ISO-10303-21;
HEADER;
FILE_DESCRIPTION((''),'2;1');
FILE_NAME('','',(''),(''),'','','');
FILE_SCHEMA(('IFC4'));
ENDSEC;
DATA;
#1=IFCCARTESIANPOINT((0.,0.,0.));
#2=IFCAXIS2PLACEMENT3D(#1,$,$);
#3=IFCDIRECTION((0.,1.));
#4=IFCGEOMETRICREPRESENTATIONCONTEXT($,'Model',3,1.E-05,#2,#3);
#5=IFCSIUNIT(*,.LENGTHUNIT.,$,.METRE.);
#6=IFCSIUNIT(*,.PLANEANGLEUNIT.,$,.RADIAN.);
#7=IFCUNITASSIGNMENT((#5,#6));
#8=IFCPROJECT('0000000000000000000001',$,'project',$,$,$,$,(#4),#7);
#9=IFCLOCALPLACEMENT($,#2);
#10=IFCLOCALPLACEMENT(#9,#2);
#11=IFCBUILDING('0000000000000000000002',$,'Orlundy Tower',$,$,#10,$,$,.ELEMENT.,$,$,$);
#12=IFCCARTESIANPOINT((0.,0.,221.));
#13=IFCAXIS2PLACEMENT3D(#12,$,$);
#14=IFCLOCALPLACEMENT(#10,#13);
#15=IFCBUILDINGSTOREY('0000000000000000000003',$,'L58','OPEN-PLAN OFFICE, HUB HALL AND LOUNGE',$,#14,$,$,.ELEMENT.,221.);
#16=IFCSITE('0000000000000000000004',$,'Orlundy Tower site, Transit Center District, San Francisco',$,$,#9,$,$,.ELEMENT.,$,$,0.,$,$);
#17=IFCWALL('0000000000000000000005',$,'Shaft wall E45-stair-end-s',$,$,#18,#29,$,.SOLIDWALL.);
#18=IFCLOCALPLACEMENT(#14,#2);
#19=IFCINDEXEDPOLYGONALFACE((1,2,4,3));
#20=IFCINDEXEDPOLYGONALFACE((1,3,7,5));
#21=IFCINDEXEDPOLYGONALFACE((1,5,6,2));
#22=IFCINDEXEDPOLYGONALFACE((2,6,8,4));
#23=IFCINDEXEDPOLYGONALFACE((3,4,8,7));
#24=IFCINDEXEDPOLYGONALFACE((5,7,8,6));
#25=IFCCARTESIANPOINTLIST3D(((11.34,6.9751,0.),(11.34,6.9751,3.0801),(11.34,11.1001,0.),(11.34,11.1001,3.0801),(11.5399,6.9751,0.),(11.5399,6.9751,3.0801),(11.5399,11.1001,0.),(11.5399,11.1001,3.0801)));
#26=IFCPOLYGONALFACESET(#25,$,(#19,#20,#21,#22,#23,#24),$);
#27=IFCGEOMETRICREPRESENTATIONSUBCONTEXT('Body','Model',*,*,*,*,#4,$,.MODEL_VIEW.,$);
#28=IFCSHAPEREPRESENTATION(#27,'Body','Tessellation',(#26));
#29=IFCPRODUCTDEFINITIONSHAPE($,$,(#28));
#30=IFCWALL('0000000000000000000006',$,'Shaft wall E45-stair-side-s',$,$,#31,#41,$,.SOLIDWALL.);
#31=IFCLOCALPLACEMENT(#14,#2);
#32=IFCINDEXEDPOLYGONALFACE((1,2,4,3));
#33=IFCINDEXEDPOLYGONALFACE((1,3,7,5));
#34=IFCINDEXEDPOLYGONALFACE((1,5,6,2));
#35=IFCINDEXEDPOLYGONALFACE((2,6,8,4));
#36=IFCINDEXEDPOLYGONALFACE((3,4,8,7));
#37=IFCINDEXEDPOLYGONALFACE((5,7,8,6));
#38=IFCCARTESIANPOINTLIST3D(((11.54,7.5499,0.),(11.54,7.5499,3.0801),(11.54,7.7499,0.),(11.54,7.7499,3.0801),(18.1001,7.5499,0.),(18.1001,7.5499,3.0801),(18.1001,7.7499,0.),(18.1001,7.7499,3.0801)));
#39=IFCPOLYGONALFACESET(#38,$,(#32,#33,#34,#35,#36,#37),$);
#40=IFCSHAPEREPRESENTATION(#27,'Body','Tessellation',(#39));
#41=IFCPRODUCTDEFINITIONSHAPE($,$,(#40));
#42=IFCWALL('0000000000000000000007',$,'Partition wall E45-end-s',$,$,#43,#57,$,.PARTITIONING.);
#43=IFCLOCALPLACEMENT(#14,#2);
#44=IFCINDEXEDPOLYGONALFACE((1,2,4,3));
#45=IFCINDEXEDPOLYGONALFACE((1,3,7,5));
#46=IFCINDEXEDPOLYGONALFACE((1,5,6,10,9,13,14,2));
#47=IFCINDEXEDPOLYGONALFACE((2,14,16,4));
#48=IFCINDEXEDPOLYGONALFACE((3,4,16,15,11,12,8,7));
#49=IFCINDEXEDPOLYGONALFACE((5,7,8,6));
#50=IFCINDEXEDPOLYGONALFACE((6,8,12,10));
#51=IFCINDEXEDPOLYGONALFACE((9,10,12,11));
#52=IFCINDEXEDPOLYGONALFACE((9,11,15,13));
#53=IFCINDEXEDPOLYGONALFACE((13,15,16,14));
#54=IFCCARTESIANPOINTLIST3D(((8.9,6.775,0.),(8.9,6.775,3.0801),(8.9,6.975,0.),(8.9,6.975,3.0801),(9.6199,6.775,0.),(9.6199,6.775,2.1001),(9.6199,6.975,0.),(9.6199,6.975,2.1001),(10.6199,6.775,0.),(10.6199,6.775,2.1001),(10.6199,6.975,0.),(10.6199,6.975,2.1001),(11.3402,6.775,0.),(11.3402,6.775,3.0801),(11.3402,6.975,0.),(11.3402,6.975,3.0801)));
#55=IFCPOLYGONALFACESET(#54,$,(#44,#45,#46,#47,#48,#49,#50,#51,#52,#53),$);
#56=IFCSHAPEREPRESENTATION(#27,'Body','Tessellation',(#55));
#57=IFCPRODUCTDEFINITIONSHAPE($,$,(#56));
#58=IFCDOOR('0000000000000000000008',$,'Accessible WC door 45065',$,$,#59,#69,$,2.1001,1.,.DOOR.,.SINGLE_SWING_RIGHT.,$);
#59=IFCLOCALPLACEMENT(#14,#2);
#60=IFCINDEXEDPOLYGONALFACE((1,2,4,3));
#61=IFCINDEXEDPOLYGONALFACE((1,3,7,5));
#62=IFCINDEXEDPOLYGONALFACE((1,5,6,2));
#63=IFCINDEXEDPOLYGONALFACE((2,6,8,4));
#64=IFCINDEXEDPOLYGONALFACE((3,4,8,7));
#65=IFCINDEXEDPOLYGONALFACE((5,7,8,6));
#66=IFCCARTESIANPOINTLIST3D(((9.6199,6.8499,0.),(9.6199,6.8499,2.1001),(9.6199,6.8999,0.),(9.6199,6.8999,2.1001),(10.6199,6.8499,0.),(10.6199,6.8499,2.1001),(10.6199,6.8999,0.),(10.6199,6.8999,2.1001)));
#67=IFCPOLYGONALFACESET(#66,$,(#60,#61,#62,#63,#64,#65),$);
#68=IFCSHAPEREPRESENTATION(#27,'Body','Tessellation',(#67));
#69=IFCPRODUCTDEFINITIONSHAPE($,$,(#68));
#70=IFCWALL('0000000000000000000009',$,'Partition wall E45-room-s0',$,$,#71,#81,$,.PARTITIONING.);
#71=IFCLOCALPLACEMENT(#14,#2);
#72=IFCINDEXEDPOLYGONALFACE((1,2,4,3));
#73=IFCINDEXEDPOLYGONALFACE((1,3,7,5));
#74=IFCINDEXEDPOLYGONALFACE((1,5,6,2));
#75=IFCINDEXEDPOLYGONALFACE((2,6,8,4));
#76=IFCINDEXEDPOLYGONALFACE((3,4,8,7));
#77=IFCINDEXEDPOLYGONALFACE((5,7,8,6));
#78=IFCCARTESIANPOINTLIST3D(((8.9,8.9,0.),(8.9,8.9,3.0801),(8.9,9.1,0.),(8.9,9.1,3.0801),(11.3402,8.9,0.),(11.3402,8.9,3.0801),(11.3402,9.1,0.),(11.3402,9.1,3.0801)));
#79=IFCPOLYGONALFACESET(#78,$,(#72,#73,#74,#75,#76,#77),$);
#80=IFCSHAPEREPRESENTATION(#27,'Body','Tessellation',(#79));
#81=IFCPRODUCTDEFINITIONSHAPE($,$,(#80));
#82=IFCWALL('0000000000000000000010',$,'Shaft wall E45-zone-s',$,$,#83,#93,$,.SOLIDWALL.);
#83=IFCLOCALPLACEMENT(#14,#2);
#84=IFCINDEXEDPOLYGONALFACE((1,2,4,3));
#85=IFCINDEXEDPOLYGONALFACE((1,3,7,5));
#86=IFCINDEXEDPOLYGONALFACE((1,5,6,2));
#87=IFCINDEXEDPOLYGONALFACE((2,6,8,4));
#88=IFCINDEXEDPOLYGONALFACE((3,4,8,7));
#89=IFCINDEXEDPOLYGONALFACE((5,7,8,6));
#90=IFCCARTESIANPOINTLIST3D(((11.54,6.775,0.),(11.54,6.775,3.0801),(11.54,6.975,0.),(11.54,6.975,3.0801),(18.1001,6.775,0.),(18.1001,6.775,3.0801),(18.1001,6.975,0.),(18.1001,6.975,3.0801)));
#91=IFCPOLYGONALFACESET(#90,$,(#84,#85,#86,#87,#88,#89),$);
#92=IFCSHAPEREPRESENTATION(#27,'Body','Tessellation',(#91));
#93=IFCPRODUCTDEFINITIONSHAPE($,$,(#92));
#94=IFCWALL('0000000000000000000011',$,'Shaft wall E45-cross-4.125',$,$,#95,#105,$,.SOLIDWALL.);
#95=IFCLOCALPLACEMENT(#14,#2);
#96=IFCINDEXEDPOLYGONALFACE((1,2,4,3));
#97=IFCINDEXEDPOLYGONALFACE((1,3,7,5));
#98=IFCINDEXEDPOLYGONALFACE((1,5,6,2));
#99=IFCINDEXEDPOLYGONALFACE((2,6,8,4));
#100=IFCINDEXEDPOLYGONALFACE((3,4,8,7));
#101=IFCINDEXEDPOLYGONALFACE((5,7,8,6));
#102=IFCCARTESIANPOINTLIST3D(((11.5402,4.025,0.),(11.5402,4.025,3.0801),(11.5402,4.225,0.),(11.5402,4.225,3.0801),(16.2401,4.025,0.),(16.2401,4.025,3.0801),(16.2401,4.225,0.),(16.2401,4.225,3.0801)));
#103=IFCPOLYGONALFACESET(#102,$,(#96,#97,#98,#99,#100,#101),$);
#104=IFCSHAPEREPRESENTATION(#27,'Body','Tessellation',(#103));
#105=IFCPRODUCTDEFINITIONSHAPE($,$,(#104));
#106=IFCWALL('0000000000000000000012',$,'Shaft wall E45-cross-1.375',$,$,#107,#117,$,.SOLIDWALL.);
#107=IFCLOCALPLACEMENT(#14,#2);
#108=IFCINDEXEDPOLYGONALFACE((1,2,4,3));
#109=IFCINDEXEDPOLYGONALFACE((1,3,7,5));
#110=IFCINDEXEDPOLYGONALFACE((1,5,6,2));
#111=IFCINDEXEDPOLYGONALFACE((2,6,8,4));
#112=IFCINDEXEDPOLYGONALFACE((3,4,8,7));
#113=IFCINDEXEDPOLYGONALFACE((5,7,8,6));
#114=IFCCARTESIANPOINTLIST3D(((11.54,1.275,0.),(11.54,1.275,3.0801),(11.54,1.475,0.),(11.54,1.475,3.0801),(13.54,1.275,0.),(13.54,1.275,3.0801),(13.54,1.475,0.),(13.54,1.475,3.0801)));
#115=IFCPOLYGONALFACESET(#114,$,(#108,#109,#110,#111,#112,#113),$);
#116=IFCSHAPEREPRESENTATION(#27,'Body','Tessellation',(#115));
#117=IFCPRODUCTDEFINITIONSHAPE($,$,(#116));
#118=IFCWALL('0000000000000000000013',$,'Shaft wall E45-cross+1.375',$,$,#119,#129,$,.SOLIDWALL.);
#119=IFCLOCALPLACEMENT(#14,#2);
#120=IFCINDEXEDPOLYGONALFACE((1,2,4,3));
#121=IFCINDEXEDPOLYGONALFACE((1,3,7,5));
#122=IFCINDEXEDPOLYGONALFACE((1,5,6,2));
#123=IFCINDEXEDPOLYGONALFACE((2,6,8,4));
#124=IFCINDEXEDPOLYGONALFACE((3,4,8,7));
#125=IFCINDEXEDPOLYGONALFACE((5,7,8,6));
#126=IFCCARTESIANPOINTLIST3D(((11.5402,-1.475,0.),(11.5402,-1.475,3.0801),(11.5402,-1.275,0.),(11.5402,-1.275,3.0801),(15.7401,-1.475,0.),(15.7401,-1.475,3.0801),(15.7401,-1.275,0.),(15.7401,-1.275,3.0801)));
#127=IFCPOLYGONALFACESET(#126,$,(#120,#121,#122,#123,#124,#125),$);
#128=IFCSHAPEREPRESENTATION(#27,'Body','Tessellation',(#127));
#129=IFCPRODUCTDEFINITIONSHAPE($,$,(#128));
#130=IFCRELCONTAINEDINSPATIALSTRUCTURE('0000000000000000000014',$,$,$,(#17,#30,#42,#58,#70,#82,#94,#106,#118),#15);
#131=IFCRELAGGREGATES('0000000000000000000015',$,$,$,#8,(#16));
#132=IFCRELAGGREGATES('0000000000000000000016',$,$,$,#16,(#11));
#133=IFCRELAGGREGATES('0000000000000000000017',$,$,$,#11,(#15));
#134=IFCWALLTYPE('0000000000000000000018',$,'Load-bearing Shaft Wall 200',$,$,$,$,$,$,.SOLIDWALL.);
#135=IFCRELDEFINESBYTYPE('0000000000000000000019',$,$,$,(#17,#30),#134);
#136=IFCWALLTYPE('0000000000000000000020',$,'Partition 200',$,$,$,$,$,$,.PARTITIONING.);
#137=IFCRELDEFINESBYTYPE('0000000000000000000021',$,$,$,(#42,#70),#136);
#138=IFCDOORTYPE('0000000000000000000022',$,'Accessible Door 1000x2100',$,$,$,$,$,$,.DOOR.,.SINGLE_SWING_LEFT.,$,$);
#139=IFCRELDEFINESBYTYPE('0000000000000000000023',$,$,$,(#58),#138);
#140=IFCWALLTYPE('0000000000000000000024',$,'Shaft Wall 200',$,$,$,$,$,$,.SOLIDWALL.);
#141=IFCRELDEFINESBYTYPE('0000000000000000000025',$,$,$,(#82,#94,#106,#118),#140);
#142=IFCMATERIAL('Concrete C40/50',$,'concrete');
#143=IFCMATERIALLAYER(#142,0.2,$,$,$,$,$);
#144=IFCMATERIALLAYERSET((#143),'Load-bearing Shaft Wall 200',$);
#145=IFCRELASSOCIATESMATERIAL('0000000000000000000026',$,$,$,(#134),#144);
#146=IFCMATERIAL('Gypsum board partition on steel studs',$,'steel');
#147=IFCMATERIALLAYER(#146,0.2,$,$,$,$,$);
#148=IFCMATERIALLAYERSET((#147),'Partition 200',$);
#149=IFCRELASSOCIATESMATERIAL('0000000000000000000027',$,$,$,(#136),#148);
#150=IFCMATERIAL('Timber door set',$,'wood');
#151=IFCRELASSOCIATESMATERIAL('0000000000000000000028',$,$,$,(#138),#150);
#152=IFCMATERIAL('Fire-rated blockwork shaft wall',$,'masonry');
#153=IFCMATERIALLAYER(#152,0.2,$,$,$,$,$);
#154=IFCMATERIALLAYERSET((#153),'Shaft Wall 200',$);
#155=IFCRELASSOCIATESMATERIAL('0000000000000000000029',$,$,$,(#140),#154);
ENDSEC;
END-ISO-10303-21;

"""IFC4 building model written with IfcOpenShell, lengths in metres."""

from ifc_helpers import new_model, si_unit, direction, frame, frame_2d, origin, place, context, subcontext, project, spatial, rectangle, extrude, material, layer, layer_set, type_object, element, fill, save


model = new_model("IFC4")

# Units and contexts
model_context = context("Model", 3, precision=1e-05, world=origin(), true_north=direction((0.0, 1.0)))
body_context = subcontext(model_context, "Body", "Model", "MODEL_VIEW")
ifc_project = project(units=[si_unit("LENGTHUNIT", "METRE"), si_unit("PLANEANGLEUNIT", "RADIAN")], contexts=[model_context])

# Site, building, storey
site_placement = place(None, origin())
site = spatial("IfcSite", under=ifc_project, at=site_placement, Name="Orlundy Tower site, Transit Center District, San Francisco", CompositionType="ELEMENT", RefElevation=0.0)
building_placement = place(site_placement, origin())
building = spatial("IfcBuilding", under=site, at=building_placement, Name="Orlundy Tower", CompositionType="ELEMENT")
storey_placement = place(building_placement, frame((0.0, 0.0, 221.0)))
storey = spatial("IfcBuildingStorey", under=building, at=storey_placement, Name="L58", Description="OPEN-PLAN OFFICE, HUB HALL AND LOUNGE", CompositionType="ELEMENT", Elevation=221.0)

# Walls
ifc_material_1 = material(Name="Concrete C40/50", Category="concrete")
ifc_layer_1 = layer(ifc_material_1, 0.2)
ifc_layer_set_1 = layer_set([ifc_layer_1], Name="Load-bearing Shaft Wall 200")
wall_type_1 = type_object("IfcWallType", Name="Load-bearing Shaft Wall 200", PredefinedType="SOLIDWALL", material=ifc_layer_set_1)
wall_1_placement = place(storey_placement, frame((11.4399, 11.1001, 0.0), z_axis=(0.0, 0.0, 1.0), x_axis=(0.0, -1.0, 0.0)))
element("IfcWall", 1, at=wall_1_placement, inside=storey, type_object=wall_type_1, Name="Shaft wall E45-stair-end-s", PredefinedType="SOLIDWALL", context=body_context, shape_type="SweptSolid", body=[
    extrude(rectangle(XDim=4.125, YDim=0.2, at=frame_2d((2.0625, 0.0))), origin(), (0.0, 0.0, 1.0), 3.0801),
])
wall_2_placement = place(storey_placement, frame((11.54, 7.6499, 0.0), z_axis=(0.0, 0.0, 1.0), x_axis=(1.0, 0.0, 0.0)))
element("IfcWall", 2, at=wall_2_placement, inside=storey, type_object=wall_type_1, Name="Shaft wall E45-stair-side-s", PredefinedType="SOLIDWALL", context=body_context, shape_type="SweptSolid", body=[
    extrude(rectangle(XDim=6.5601, YDim=0.2, at=frame_2d((3.28, 0.0))), origin(), (0.0, 0.0, 1.0), 3.0801),
])

# Wall, opening, door
ifc_material_2 = material(Name="Gypsum board partition on steel studs", Category="steel")
ifc_layer_2 = layer(ifc_material_2, 0.2)
ifc_layer_set_2 = layer_set([ifc_layer_2], Name="Partition 200")
wall_type_2 = type_object("IfcWallType", Name="Partition 200", PredefinedType="PARTITIONING", material=ifc_layer_set_2)
wall_3_placement = place(storey_placement, frame((8.8999, 6.875, 0.0), z_axis=(0.0, 0.0, 1.0), x_axis=(1.0, 0.0, 0.0)))
wall_3 = element("IfcWall", 3, at=wall_3_placement, inside=storey, type_object=wall_type_2, Name="Partition wall E45-end-s", PredefinedType="PARTITIONING", context=body_context, shape_type="SweptSolid", body=[
    extrude(rectangle(XDim=2.4402, YDim=0.2, at=frame_2d((1.2202, 0.0))), origin(), (0.0, 0.0, 1.0), 3.0801),
])
opening_1_placement = place(wall_3_placement, frame((0.72, 0.0, 0.0)))
opening_1 = element("IfcOpeningElement", 4, at=opening_1_placement, cuts=wall_3, PredefinedType="OPENING", context=body_context, shape_type="SweptSolid", body=[
    extrude(rectangle(XDim=1.0, YDim=2.1001, at=frame_2d((0.5, 1.05))), frame((0.0, 0.1101, 0.0), z_axis=(0.0, -1.0, 0.0), x_axis=(1.0, 0.0, 0.0)), (0.0, 0.0, 1.0), 0.2202),
])
ifc_material_3 = material(Name="Timber door set", Category="wood")
door_type_1 = type_object("IfcDoorType", Name="Accessible Door 1000x2100", OperationType="SINGLE_SWING_LEFT", PredefinedType="DOOR", material=ifc_material_3)
door_1_placement = place(opening_1_placement, origin())
door_1 = element("IfcDoor", 5, at=door_1_placement, inside=storey, type_object=door_type_1, Name="Accessible WC door 45065", OperationType="SINGLE_SWING_RIGHT", OverallHeight=2.1001, OverallWidth=1.0, PredefinedType="DOOR", context=body_context, shape_type="SweptSolid", body=[
    extrude(rectangle(XDim=1.0, YDim=2.1001, at=frame_2d((0.5, 1.05))), frame((0.0, 0.0249, 0.0), z_axis=(0.0, -1.0, 0.0), x_axis=(1.0, 0.0, 0.0)), (0.0, 0.0, 1.0), 0.05),
])
fill(opening_1, door_1)

# Walls
wall_4_placement = place(storey_placement, frame((8.8999, 9.0, 0.0), z_axis=(0.0, 0.0, 1.0), x_axis=(1.0, 0.0, 0.0)))
element("IfcWall", 6, at=wall_4_placement, inside=storey, type_object=wall_type_2, Name="Partition wall E45-room-s0", PredefinedType="PARTITIONING", context=body_context, shape_type="SweptSolid", body=[
    extrude(rectangle(XDim=2.4402, YDim=0.2, at=frame_2d((1.2202, 0.0))), origin(), (0.0, 0.0, 1.0), 3.0801),
])
ifc_material_4 = material(Name="Fire-rated blockwork shaft wall", Category="masonry")
ifc_layer_3 = layer(ifc_material_4, 0.2)
ifc_layer_set_3 = layer_set([ifc_layer_3], Name="Shaft Wall 200")
wall_type_3 = type_object("IfcWallType", Name="Shaft Wall 200", PredefinedType="SOLIDWALL", material=ifc_layer_set_3)
wall_5_placement = place(storey_placement, frame((11.54, 6.875, 0.0), z_axis=(0.0, 0.0, 1.0), x_axis=(1.0, 0.0, 0.0)))
element("IfcWall", 7, at=wall_5_placement, inside=storey, type_object=wall_type_3, Name="Shaft wall E45-zone-s", PredefinedType="SOLIDWALL", context=body_context, shape_type="SweptSolid", body=[
    extrude(rectangle(XDim=6.5601, YDim=0.2, at=frame_2d((3.28, 0.0))), origin(), (0.0, 0.0, 1.0), 3.0801),
])
wall_6_placement = place(storey_placement, frame((11.54, 4.125, 0.0), z_axis=(0.0, 0.0, 1.0), x_axis=(1.0, 0.0, 0.0)))
element("IfcWall", 8, at=wall_6_placement, inside=storey, type_object=wall_type_3, Name="Shaft wall E45-cross-4.125", PredefinedType="SOLIDWALL", context=body_context, shape_type="SweptSolid", body=[
    extrude(rectangle(XDim=4.7, YDim=0.2, at=frame_2d((2.3501, 0.0))), origin(), (0.0, 0.0, 1.0), 3.0801),
])
wall_7_placement = place(storey_placement, frame((11.54, 1.375, 0.0), z_axis=(0.0, 0.0, 1.0), x_axis=(1.0, 0.0, 0.0)))
element("IfcWall", 9, at=wall_7_placement, inside=storey, type_object=wall_type_3, Name="Shaft wall E45-cross-1.375", PredefinedType="SOLIDWALL", context=body_context, shape_type="SweptSolid", body=[
    extrude(rectangle(XDim=2.0, YDim=0.2, at=frame_2d((1.0, 0.0))), origin(), (0.0, 0.0, 1.0), 3.0801),
])
wall_8_placement = place(storey_placement, frame((11.54, -1.375, 0.0), z_axis=(0.0, 0.0, 1.0), x_axis=(1.0, 0.0, 0.0)))
element("IfcWall", 10, at=wall_8_placement, inside=storey, type_object=wall_type_3, Name="Shaft wall E45-cross+1.375", PredefinedType="SOLIDWALL", context=body_context, shape_type="SweptSolid", body=[
    extrude(rectangle(XDim=4.2, YDim=0.2, at=frame_2d((2.1001, 0.0))), origin(), (0.0, 0.0, 1.0), 3.0801),
])

save(model, "model.ifc")
